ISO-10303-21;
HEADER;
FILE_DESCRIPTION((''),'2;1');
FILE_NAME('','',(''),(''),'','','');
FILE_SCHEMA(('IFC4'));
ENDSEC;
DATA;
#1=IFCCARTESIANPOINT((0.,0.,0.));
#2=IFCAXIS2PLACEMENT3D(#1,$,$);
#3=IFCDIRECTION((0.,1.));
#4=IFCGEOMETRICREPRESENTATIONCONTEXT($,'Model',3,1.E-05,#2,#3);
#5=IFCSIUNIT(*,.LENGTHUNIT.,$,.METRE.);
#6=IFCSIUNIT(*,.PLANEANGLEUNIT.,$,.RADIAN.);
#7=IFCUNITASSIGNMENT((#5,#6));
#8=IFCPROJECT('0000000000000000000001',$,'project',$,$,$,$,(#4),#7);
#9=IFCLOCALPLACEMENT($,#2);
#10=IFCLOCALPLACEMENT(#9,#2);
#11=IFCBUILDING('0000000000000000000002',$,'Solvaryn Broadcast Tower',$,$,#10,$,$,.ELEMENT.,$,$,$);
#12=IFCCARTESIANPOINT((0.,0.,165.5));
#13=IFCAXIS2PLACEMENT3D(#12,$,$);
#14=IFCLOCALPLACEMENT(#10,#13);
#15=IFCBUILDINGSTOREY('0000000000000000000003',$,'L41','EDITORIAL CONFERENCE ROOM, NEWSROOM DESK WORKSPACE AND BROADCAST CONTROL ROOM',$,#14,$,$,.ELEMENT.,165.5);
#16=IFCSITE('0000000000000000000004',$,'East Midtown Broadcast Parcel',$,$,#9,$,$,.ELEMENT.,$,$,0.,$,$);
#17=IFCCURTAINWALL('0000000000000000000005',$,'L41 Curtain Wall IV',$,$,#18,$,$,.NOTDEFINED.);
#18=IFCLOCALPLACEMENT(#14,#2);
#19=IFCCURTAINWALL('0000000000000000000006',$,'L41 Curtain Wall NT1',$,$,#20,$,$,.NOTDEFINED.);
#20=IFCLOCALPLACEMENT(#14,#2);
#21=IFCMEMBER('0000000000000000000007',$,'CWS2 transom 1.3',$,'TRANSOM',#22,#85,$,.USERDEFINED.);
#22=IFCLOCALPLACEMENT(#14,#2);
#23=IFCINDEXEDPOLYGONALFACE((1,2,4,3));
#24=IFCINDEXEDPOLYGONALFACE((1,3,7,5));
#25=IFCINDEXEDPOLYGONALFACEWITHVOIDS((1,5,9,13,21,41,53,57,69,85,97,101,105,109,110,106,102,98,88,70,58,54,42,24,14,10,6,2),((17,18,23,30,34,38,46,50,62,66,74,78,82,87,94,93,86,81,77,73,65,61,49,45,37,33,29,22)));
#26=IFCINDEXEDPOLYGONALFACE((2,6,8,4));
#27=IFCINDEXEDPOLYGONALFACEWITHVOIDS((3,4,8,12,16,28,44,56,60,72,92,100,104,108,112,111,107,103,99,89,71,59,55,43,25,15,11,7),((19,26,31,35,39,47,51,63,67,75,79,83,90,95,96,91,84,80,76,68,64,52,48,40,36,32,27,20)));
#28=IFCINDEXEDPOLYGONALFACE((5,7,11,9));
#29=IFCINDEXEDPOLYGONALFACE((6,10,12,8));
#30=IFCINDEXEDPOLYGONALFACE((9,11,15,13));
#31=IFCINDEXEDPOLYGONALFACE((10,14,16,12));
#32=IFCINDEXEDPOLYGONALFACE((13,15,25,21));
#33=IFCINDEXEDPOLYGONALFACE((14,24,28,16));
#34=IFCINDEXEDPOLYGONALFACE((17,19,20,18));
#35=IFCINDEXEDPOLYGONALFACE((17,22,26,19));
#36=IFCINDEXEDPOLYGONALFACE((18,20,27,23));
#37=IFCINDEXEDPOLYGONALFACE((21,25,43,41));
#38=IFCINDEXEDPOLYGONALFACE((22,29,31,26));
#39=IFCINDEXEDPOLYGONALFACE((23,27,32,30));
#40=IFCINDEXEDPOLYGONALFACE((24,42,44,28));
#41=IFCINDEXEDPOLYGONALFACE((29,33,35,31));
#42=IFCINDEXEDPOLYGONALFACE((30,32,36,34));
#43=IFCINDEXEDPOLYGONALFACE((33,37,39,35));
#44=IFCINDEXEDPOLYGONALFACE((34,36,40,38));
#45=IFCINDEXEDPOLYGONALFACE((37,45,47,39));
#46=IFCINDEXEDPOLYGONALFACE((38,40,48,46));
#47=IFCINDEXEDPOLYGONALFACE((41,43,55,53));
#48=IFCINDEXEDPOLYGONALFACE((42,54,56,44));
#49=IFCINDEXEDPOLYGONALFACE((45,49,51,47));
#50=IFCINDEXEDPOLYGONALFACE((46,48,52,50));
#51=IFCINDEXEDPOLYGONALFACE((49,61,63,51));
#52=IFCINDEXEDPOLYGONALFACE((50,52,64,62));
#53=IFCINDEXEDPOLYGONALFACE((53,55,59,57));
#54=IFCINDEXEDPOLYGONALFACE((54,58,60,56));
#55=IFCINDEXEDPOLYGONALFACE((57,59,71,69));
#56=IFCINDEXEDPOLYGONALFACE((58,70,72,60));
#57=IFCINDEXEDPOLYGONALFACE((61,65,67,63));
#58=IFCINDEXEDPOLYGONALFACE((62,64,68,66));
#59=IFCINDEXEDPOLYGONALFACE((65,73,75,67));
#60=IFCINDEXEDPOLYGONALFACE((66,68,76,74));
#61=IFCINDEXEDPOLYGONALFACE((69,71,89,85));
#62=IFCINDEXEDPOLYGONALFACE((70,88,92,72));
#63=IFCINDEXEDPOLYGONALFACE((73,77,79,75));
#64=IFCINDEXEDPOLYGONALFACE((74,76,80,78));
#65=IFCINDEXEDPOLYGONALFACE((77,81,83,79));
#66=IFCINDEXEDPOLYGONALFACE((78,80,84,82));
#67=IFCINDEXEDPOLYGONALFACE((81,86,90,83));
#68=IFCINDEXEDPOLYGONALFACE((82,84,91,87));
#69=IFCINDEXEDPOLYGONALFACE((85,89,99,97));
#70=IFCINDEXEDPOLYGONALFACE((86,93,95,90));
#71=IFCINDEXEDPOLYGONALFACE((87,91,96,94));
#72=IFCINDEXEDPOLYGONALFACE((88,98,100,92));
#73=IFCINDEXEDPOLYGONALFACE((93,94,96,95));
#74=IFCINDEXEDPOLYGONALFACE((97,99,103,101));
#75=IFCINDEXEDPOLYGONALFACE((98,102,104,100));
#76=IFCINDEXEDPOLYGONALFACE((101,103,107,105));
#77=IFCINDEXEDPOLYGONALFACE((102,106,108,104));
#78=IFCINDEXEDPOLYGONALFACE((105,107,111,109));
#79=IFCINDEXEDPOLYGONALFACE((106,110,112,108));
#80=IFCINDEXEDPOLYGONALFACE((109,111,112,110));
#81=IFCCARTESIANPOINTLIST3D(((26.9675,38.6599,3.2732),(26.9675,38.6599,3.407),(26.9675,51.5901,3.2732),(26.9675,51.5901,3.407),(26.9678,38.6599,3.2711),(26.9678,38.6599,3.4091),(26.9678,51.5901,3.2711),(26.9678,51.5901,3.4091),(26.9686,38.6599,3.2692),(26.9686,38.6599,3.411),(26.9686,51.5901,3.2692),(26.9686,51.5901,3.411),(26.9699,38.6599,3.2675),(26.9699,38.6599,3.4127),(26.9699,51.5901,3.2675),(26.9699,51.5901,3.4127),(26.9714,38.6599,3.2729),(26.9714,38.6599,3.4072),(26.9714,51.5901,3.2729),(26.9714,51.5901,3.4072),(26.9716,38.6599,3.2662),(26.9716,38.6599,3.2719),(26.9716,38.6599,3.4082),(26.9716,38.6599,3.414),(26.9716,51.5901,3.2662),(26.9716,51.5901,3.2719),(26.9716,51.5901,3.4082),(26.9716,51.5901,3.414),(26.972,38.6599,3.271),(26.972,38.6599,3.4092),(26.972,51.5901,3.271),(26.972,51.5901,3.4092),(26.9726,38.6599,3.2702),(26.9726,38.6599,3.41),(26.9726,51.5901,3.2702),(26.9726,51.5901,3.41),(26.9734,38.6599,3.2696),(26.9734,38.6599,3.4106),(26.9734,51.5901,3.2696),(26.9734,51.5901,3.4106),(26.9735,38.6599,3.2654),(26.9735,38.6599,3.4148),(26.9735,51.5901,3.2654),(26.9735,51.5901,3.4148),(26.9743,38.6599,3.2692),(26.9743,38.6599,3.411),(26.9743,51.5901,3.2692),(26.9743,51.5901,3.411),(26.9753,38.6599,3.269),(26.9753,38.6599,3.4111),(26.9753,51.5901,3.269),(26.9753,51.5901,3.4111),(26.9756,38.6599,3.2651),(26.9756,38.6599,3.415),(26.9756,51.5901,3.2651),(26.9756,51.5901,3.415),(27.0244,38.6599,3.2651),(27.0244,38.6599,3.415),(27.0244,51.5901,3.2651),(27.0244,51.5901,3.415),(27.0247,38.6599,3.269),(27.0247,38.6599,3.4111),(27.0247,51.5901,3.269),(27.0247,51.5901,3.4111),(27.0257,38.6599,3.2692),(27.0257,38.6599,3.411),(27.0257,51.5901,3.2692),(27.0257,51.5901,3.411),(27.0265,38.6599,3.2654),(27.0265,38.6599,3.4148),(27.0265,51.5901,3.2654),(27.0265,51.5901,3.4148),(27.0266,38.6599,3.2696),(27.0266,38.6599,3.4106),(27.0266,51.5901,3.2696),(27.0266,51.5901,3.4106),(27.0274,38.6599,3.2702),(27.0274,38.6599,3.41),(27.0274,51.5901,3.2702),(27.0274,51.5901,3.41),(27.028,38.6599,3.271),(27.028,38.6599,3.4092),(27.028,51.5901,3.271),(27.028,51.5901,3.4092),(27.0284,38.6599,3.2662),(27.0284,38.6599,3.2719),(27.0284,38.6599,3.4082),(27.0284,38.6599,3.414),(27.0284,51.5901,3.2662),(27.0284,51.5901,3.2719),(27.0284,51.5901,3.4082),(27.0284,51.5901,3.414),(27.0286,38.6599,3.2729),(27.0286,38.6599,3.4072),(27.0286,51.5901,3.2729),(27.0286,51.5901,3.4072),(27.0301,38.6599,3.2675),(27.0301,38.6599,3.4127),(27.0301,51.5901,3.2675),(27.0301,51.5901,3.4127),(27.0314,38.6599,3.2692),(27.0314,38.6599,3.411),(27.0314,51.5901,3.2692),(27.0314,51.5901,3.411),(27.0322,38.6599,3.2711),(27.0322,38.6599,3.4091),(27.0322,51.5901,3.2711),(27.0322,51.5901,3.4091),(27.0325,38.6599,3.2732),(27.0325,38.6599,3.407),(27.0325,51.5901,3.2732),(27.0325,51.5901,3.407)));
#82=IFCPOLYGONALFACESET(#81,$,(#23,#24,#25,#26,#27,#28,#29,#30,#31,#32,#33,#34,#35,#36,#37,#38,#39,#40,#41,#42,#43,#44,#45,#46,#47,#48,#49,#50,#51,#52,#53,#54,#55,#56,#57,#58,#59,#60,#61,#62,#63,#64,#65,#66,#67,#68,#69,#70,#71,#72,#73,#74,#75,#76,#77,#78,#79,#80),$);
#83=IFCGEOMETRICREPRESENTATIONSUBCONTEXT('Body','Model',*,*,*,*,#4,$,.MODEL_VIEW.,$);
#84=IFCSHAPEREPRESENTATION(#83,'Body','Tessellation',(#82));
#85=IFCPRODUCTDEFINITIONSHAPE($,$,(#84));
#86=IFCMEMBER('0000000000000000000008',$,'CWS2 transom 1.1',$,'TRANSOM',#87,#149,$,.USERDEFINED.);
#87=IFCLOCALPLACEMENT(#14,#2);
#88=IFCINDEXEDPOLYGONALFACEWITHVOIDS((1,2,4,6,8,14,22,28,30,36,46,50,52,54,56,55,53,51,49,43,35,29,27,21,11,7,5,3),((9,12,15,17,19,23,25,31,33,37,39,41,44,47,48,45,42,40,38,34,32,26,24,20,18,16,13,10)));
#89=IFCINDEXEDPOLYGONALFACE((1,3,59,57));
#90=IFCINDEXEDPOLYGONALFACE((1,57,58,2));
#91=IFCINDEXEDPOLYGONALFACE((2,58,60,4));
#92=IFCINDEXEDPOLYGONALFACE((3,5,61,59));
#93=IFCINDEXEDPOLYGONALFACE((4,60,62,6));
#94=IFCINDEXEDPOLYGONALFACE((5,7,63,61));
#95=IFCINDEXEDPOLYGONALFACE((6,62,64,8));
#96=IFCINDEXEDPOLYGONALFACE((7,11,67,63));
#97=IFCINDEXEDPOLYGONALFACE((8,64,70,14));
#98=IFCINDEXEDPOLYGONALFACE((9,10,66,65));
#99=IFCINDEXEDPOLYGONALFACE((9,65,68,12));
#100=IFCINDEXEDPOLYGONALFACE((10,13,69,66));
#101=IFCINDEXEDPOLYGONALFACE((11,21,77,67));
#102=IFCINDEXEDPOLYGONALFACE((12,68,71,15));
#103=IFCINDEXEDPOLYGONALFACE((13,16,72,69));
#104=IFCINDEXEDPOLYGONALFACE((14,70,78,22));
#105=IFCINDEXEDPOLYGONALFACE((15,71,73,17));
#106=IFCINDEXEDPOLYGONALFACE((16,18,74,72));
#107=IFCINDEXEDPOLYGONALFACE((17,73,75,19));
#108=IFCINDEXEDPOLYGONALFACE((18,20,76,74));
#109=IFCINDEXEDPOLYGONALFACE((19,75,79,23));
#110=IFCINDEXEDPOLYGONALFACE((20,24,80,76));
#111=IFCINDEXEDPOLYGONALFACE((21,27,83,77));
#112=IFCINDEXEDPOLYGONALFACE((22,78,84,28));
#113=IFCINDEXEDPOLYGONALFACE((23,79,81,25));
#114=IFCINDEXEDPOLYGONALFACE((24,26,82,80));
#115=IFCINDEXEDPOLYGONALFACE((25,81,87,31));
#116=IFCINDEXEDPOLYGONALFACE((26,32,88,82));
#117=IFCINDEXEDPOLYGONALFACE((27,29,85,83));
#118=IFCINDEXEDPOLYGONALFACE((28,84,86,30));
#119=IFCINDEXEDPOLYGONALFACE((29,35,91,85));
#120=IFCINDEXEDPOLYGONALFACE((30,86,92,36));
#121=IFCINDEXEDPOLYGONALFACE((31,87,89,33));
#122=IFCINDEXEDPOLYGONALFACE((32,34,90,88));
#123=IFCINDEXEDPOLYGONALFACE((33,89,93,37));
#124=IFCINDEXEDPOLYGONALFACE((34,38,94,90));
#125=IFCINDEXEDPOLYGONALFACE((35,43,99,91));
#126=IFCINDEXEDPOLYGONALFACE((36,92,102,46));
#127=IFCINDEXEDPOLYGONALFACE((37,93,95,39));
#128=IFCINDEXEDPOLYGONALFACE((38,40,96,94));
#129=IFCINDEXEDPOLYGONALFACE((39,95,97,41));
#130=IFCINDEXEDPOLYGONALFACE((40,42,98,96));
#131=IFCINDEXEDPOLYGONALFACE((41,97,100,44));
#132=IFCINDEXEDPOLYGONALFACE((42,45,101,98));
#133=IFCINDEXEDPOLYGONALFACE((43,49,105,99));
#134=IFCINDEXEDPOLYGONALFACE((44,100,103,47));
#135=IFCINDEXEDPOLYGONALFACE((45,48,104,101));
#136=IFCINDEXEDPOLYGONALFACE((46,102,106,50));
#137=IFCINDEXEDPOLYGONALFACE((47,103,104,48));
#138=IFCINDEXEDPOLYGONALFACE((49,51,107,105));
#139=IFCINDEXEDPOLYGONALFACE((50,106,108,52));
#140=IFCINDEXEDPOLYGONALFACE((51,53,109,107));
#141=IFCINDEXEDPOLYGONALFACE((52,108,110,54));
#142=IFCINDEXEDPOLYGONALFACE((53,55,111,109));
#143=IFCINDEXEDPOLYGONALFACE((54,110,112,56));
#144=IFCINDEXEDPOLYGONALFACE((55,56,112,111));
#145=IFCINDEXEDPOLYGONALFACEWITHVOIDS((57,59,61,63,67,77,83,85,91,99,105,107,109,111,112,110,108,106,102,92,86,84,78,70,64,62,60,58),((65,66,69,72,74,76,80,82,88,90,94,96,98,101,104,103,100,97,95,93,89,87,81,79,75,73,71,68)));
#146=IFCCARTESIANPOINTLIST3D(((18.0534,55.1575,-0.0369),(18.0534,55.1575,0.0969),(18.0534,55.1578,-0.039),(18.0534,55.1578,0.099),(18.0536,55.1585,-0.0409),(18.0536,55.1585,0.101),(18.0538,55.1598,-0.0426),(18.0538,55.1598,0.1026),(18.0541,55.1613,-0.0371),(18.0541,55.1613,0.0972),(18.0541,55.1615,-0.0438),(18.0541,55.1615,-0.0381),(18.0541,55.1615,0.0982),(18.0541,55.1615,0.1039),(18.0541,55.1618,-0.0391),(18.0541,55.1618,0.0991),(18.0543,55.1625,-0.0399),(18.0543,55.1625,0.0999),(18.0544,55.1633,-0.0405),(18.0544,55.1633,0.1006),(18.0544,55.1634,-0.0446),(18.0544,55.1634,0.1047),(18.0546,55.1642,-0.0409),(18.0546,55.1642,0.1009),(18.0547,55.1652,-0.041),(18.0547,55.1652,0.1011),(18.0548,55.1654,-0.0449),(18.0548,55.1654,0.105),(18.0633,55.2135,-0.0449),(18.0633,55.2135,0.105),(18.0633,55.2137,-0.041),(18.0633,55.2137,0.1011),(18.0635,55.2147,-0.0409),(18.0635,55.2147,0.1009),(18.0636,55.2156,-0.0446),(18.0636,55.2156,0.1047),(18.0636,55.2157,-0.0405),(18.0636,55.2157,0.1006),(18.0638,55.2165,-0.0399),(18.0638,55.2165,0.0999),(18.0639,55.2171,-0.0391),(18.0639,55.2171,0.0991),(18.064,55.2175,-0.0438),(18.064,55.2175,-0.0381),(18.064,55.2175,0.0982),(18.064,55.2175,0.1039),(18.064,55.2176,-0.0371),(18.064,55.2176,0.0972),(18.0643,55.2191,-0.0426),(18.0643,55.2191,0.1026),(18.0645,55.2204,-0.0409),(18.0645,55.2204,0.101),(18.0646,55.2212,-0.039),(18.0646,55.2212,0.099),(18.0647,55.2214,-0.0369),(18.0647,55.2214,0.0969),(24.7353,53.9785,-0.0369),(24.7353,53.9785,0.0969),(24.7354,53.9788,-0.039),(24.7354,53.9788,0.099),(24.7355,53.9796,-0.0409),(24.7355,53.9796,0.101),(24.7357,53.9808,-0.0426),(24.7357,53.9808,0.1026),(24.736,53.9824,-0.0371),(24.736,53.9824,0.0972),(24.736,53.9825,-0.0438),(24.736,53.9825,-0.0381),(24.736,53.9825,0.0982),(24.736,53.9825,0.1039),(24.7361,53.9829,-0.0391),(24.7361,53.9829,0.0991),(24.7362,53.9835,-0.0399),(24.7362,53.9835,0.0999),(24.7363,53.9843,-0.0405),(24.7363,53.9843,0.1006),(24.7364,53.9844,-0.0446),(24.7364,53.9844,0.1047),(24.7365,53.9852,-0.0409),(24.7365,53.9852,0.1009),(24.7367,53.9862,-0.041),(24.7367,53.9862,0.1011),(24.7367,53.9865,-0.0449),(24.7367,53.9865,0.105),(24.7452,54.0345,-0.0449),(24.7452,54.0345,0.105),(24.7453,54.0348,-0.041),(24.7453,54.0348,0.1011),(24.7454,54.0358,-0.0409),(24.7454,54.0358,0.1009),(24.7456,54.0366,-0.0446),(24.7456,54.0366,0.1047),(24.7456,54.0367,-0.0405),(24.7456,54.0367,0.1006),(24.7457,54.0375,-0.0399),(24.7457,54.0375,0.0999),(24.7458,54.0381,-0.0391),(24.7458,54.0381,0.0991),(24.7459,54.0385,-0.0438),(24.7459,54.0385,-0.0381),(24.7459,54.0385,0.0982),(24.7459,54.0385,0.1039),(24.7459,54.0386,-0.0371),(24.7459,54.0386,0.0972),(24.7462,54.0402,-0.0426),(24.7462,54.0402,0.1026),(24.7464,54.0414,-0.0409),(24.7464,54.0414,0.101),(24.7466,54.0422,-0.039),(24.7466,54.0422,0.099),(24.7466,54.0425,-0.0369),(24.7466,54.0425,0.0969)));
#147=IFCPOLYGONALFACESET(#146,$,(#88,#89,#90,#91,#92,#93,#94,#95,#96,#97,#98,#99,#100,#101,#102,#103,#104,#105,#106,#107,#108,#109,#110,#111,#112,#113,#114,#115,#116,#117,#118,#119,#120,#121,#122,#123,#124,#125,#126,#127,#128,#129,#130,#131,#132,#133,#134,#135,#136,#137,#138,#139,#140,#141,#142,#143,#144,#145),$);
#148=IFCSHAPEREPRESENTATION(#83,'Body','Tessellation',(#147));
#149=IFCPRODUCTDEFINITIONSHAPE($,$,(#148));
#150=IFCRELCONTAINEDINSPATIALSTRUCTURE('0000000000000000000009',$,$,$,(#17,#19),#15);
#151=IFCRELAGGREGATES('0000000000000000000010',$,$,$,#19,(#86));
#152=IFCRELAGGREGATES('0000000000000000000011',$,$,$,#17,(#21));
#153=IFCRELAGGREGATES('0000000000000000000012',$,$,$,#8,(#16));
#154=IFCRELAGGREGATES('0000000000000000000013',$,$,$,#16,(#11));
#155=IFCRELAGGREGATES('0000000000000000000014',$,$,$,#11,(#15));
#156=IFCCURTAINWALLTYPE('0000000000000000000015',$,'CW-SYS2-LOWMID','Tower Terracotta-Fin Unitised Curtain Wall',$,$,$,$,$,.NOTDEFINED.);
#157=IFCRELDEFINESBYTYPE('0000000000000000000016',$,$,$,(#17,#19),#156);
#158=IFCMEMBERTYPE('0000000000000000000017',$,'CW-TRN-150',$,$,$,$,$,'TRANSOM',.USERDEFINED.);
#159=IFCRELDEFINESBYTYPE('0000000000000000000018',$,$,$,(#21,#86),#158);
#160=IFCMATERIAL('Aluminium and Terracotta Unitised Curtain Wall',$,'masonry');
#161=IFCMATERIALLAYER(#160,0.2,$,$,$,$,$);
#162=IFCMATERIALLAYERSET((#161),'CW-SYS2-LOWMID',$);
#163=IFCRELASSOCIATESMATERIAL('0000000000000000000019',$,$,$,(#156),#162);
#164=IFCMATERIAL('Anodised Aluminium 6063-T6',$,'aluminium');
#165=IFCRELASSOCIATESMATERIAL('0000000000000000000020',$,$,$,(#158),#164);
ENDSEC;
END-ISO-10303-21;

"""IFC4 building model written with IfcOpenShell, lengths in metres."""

from ifc_helpers import new_model, si_unit, direction, frame, origin, origin_2d, place, context, subcontext, project, spatial, hollow_rectangle, extrude, material, layer, layer_set, material_profile, profile_set, type_object, element, aggregate, save


model = new_model("IFC4")

# Units and contexts
model_context = context("Model", 3, precision=1e-05, world=origin(), true_north=direction((0.0, 1.0)))
body_context = subcontext(model_context, "Body", "Model", "MODEL_VIEW")
ifc_project = project(units=[si_unit("LENGTHUNIT", "METRE"), si_unit("PLANEANGLEUNIT", "RADIAN")], contexts=[model_context])

# Site, building, storey
site_placement = place(None, origin())
site = spatial("IfcSite", under=ifc_project, at=site_placement, Name="East Midtown Broadcast Parcel", CompositionType="ELEMENT", RefElevation=0.0)
building_placement = place(site_placement, origin())
building = spatial("IfcBuilding", under=site, at=building_placement, Name="Solvaryn Broadcast Tower", CompositionType="ELEMENT")
storey_placement = place(building_placement, frame((0.0, 0.0, 165.5)))
storey = spatial("IfcBuildingStorey", under=building, at=storey_placement, Name="L41", Description="EDITORIAL CONFERENCE ROOM, NEWSROOM DESK WORKSPACE AND BROADCAST CONTROL ROOM", CompositionType="ELEMENT", Elevation=165.5)

# Curtain wall
ifc_material_1 = material(Name="Aluminium and Terracotta Unitised Curtain Wall", Category="masonry")
ifc_layer_1 = layer(ifc_material_1, 0.2)
ifc_layer_set_1 = layer_set([ifc_layer_1], Name="CW-SYS2-LOWMID")
curtain_wall_type = type_object("IfcCurtainWallType", Name="CW-SYS2-LOWMID", Description="Tower Terracotta-Fin Unitised Curtain Wall", PredefinedType="NOTDEFINED", material=ifc_layer_set_1)
curtain_wall_1_placement = place(storey_placement, origin())
curtain_wall_1 = element("IfcCurtainWall", 1, at=curtain_wall_1_placement, inside=storey, type_object=curtain_wall_type, Name="L41 Curtain Wall IV", PredefinedType="NOTDEFINED")

# Curtain wall
curtain_wall_2_placement = place(storey_placement, origin())
curtain_wall_2 = element("IfcCurtainWall", 2, at=curtain_wall_2_placement, inside=storey, type_object=curtain_wall_type, Name="L41 Curtain Wall NT1", PredefinedType="NOTDEFINED")

# Members
ifc_material_2 = material(Name="Anodised Aluminium 6063-T6", Category="aluminium")
ifc_material_profile_1 = material_profile(ifc_material_2, hollow_rectangle(XDim=0.0649, YDim=0.1499, WallThickness=0.0039, InnerFilletRadius=0.0039, OuterFilletRadius=0.0081, at=origin_2d()))
ifc_profile_set_1 = profile_set([ifc_material_profile_1], Name="Anodised Aluminium 6063-T6")
member_type_1 = type_object("IfcMemberType", Name="CW-TRN-150", ElementType="TRANSOM", PredefinedType="USERDEFINED", material=ifc_profile_set_1)
member_1_placement = place(storey_placement, frame((27.0, 51.5901, 3.3401), z_axis=(0.0, -1.0, 0.0), x_axis=(1.0, 0.0, 0.0)))
member_1 = element("IfcMember", 3, at=member_1_placement, type_object=member_type_1, Name="CWS2 transom 1.3", ObjectType="TRANSOM", PredefinedType="USERDEFINED", context=body_context, shape_type="SweptSolid", body=[
    extrude(hollow_rectangle(XDim=0.0649, YDim=0.1499, WallThickness=0.0039, InnerFilletRadius=0.0039, OuterFilletRadius=0.0081, at=origin_2d()), origin(), (0.0, 0.0, 1.0), 12.9302),
])
member_2_placement = place(storey_placement, frame((24.741, 54.0105, 0.03), z_axis=(-0.984789, 0.173757, 0.0), x_axis=(-0.173757, -0.984789, 0.0)))
member_2 = element("IfcMember", 4, at=member_2_placement, type_object=member_type_1, Name="CWS2 transom 1.1", ObjectType="TRANSOM", PredefinedType="USERDEFINED", context=body_context, shape_type="SweptSolid", body=[
    extrude(hollow_rectangle(XDim=0.0649, YDim=0.1499, WallThickness=0.0039, InnerFilletRadius=0.0039, OuterFilletRadius=0.0081, at=origin_2d()), origin(), (0.0, 0.0, 1.0), 6.7852),
])
aggregate(curtain_wall_2, [member_2])

aggregate(curtain_wall_1, [member_1])

save(model, "model.ifc")
